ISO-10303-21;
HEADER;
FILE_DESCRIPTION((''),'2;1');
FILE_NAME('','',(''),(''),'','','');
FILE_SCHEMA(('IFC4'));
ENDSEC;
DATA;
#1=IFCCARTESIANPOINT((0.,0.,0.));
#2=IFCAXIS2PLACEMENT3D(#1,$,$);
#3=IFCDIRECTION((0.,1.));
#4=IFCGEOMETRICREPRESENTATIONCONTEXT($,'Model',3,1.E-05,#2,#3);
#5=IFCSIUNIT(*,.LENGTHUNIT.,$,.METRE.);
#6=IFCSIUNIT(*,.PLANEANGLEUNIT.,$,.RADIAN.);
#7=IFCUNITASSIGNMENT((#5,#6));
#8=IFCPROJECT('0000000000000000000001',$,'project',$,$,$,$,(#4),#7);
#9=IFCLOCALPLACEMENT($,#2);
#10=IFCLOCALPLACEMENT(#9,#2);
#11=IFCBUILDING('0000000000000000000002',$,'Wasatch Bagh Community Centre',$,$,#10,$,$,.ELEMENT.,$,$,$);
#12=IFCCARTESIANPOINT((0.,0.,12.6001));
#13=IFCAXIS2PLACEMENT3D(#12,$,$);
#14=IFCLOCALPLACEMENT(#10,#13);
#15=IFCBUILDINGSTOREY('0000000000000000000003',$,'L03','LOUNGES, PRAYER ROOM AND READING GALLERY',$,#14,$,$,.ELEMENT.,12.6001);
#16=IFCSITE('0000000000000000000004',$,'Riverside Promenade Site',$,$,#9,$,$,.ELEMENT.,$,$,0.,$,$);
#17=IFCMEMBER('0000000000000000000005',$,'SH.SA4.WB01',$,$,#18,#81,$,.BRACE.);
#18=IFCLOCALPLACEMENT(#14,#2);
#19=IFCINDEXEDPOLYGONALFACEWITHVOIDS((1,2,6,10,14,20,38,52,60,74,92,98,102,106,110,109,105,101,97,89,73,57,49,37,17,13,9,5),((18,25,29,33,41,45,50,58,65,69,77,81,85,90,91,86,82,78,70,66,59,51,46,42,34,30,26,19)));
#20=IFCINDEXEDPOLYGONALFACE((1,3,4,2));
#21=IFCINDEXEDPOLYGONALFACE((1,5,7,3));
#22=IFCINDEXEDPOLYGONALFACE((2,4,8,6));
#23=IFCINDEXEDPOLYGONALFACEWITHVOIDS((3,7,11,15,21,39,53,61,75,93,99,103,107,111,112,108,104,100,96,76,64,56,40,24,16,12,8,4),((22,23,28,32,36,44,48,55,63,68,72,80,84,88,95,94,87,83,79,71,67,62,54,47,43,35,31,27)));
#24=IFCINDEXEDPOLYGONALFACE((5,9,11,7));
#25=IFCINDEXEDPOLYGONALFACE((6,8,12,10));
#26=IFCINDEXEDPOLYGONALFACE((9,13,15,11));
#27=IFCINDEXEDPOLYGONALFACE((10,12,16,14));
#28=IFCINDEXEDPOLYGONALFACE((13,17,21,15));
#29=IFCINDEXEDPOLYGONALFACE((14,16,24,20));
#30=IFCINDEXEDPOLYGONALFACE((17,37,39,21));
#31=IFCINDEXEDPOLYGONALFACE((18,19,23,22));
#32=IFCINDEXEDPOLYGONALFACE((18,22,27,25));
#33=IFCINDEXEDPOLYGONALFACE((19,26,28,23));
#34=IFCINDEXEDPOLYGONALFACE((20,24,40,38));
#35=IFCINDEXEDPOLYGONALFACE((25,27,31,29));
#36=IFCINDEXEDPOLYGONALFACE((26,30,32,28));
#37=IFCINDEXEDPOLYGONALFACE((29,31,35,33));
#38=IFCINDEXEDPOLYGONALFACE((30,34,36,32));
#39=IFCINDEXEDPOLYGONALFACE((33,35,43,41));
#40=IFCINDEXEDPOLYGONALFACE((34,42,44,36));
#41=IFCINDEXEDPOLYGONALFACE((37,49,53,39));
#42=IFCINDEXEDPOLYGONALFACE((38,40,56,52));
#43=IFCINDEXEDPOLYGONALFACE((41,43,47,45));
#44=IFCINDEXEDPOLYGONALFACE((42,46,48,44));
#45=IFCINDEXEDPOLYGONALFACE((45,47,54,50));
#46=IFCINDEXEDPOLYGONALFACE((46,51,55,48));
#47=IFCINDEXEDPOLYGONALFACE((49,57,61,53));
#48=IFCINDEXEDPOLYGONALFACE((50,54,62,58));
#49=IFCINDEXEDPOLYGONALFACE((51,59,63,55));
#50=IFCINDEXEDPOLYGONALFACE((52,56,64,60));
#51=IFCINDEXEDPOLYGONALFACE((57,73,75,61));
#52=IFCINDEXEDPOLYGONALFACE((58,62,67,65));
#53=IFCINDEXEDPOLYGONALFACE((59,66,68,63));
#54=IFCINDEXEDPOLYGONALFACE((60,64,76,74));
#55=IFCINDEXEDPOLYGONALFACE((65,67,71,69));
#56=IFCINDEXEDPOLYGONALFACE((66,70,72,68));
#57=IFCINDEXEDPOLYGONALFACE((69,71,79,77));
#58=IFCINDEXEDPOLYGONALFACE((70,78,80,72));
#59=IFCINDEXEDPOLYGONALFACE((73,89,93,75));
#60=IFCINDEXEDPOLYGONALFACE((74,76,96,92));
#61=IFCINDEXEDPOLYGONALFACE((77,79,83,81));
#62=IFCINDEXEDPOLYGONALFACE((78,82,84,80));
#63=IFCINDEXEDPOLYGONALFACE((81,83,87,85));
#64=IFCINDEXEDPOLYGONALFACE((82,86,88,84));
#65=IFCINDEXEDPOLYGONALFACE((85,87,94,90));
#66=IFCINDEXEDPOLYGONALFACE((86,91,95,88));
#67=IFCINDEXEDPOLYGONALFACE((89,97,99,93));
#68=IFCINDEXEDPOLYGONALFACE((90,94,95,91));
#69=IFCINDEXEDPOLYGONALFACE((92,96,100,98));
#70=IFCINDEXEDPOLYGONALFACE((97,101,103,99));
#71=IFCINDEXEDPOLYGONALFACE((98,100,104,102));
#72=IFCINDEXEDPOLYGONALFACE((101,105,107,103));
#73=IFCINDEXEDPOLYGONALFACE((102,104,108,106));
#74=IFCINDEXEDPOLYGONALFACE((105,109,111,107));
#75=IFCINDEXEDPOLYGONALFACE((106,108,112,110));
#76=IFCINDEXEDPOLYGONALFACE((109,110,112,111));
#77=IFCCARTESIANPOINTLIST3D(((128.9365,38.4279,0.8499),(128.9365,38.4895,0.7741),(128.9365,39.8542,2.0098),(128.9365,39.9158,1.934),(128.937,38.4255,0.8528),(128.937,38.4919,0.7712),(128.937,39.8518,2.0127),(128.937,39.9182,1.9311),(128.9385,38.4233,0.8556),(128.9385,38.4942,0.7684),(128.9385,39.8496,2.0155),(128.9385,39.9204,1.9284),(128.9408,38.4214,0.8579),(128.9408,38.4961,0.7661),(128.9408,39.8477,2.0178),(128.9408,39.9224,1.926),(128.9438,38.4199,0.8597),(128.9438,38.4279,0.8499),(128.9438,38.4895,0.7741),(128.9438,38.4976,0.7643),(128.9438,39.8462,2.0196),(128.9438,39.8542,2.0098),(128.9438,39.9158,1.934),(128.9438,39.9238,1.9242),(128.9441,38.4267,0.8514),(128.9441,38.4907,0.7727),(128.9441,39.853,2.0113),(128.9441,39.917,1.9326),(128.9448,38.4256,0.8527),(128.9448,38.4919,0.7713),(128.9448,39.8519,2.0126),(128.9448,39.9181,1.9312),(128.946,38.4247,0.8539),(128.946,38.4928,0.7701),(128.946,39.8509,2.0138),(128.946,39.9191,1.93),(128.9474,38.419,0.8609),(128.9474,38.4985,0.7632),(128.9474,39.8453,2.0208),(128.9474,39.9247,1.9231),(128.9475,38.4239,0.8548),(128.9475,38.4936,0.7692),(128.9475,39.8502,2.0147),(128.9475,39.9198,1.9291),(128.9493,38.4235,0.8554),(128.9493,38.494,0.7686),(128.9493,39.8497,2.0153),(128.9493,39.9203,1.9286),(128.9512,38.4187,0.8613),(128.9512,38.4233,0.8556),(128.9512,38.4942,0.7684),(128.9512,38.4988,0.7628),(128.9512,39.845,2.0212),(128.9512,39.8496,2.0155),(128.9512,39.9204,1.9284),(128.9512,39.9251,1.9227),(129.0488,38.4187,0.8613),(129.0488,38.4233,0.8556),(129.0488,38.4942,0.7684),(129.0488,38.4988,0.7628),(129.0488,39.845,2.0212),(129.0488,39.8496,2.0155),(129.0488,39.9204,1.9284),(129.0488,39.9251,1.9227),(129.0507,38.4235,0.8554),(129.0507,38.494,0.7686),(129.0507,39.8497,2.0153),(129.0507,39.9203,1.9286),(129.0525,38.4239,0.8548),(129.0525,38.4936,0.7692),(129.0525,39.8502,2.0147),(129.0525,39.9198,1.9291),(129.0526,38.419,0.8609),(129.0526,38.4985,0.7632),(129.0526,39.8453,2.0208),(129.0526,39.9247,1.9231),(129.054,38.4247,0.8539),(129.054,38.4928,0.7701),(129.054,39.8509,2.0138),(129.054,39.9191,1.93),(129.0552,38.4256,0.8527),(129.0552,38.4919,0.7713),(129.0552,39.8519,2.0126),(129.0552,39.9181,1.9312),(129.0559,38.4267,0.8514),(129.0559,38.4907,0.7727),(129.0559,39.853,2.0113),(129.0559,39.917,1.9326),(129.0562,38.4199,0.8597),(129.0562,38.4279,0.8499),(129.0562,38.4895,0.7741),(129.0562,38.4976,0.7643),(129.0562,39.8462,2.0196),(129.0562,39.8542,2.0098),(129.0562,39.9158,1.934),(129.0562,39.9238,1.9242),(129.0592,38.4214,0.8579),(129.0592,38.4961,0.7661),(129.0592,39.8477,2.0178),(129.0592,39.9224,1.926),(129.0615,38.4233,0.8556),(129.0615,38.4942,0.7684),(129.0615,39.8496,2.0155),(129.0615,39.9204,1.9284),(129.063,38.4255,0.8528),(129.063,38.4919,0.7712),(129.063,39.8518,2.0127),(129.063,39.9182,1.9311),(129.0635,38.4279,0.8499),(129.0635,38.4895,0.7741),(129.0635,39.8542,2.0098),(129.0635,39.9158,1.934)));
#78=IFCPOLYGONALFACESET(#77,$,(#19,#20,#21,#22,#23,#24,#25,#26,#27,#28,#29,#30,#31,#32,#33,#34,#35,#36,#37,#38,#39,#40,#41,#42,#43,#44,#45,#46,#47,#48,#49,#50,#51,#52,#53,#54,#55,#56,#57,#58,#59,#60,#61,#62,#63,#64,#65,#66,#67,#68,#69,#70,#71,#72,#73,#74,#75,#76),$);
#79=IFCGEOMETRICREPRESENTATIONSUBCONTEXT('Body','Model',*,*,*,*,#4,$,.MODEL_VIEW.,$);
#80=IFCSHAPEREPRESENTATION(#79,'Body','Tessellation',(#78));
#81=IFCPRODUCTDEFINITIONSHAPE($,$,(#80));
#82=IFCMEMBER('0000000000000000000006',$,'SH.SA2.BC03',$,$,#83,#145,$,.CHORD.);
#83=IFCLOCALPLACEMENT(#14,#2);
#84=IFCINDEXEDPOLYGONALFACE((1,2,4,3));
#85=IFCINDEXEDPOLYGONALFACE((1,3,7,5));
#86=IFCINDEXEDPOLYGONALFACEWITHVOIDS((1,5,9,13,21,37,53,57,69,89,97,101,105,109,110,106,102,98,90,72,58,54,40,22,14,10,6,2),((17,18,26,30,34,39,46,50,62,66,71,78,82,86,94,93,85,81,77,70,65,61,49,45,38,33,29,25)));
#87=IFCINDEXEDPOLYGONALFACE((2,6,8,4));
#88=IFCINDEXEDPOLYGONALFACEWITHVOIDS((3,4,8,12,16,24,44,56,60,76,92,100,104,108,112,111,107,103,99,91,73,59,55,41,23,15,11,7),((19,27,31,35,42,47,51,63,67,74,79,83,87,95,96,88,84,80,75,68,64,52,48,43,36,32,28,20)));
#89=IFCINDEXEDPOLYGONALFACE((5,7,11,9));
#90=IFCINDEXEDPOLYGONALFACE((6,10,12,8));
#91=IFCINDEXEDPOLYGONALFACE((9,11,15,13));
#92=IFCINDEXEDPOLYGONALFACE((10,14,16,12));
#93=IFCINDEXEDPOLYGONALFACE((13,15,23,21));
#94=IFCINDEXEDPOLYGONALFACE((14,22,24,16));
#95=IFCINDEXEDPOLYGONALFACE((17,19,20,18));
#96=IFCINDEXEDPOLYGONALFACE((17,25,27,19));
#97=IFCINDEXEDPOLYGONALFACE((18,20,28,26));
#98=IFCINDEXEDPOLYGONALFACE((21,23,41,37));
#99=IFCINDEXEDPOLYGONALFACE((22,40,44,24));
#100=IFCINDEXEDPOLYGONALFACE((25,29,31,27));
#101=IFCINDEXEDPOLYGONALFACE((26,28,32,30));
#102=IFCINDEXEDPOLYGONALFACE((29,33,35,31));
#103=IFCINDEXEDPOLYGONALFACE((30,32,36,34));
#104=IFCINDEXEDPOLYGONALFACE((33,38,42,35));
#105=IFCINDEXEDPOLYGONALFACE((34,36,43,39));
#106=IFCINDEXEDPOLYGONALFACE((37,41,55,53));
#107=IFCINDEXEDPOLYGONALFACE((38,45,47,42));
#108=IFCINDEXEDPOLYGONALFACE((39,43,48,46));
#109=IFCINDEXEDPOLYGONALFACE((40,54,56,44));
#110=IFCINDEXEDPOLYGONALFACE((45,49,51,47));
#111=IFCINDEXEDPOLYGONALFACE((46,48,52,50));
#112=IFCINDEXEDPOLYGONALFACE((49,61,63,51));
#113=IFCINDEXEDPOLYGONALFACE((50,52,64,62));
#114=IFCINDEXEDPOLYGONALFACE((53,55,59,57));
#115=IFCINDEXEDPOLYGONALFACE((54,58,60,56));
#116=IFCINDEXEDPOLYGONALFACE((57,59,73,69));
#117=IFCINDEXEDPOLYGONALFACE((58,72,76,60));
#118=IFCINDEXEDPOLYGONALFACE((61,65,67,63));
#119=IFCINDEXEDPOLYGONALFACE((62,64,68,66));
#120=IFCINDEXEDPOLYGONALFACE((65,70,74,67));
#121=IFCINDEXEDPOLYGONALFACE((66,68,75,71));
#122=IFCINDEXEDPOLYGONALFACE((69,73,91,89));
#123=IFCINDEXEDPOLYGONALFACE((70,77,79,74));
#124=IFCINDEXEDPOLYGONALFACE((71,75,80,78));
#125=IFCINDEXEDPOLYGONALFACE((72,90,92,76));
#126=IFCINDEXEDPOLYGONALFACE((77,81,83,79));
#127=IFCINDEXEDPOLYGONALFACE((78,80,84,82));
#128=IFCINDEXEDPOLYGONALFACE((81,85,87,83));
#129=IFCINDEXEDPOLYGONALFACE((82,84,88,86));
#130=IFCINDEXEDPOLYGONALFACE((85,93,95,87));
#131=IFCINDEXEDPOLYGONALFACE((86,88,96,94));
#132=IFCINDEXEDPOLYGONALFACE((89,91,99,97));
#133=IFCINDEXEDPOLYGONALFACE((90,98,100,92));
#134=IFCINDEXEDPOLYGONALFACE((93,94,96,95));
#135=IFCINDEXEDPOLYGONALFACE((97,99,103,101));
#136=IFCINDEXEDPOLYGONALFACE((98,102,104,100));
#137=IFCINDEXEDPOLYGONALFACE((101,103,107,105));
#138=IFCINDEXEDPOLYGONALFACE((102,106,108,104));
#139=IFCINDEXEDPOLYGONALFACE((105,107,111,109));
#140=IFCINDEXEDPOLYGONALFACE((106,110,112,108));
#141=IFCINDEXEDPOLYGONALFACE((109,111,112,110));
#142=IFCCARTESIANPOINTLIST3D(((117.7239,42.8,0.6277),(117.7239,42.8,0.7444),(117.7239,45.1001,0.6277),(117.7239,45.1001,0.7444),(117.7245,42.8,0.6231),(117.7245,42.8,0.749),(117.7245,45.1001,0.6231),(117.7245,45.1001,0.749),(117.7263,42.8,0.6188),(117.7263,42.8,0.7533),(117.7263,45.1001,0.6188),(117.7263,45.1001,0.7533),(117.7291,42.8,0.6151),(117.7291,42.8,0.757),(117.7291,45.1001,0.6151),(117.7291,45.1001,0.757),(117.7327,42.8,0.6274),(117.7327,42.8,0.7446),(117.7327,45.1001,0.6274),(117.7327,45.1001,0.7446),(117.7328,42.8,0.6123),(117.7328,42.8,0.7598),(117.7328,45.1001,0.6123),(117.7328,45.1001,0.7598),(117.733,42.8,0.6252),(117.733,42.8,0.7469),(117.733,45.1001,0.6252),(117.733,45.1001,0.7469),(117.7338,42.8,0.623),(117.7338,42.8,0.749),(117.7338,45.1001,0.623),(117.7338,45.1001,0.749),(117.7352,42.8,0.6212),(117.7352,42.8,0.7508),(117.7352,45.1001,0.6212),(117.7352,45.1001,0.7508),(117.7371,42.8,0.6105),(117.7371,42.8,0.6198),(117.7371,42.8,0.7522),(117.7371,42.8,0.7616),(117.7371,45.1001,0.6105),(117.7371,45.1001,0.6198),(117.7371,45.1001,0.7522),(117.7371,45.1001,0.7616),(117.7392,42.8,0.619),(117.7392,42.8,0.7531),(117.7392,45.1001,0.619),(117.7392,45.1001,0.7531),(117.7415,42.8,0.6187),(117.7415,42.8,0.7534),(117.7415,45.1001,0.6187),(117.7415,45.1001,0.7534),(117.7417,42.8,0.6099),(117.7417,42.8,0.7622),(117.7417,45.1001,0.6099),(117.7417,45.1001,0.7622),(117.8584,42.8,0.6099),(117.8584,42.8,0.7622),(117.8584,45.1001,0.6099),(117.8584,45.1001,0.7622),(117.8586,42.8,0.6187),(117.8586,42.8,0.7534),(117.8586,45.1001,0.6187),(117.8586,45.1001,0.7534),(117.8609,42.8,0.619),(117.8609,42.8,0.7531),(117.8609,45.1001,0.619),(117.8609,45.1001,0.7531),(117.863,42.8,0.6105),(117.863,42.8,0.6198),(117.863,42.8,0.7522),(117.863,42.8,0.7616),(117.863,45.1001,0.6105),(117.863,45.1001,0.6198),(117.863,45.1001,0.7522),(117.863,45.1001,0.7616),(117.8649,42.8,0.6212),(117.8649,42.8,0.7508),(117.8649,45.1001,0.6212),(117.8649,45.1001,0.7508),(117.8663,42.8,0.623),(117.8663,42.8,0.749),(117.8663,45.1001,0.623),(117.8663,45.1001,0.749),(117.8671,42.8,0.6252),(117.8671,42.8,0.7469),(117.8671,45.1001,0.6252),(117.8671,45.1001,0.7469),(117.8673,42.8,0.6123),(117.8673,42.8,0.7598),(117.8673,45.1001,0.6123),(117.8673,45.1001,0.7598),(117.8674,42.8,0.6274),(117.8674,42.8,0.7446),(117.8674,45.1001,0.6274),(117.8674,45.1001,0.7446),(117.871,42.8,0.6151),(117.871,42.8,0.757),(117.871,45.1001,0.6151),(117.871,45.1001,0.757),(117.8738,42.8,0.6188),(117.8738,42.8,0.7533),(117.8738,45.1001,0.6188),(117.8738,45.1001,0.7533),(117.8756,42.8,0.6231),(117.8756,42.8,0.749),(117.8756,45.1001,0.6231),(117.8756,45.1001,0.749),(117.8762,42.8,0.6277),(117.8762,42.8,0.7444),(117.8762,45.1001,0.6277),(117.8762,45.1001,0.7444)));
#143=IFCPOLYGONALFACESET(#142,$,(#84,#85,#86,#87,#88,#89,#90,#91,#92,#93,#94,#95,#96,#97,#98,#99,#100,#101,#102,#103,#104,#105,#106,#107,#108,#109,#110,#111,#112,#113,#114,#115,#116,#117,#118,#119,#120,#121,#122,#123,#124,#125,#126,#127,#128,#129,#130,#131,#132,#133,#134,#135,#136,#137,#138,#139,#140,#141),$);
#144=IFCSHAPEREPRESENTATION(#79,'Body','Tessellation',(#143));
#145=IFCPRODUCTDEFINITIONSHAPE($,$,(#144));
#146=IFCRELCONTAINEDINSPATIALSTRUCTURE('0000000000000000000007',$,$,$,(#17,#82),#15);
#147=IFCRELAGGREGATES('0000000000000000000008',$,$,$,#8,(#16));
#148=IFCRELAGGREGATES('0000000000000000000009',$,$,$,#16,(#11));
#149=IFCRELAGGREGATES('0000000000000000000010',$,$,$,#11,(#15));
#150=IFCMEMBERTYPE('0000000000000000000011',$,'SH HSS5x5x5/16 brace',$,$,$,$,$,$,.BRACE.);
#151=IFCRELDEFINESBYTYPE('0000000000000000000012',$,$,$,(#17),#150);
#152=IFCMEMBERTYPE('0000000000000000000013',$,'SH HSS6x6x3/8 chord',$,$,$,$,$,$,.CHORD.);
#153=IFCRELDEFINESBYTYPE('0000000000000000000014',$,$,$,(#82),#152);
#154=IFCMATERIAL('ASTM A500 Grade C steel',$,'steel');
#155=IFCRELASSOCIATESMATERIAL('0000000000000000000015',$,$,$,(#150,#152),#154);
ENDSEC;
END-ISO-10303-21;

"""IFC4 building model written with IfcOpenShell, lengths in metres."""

from ifc_helpers import new_model, si_unit, direction, frame, origin, origin_2d, place, context, subcontext, project, spatial, hollow_rectangle, extrude, material, material_profile, profile_set, type_object, element, save


model = new_model("IFC4")

# Units and contexts
model_context = context("Model", 3, precision=1e-05, world=origin(), true_north=direction((0.0, 1.0)))
body_context = subcontext(model_context, "Body", "Model", "MODEL_VIEW")
ifc_project = project(units=[si_unit("LENGTHUNIT", "METRE"), si_unit("PLANEANGLEUNIT", "RADIAN")], contexts=[model_context])

# Site, building, storey
site_placement = place(None, origin())
site = spatial("IfcSite", under=ifc_project, at=site_placement, Name="Riverside Promenade Site", CompositionType="ELEMENT", RefElevation=0.0)
building_placement = place(site_placement, origin())
building = spatial("IfcBuilding", under=site, at=building_placement, Name="Wasatch Bagh Community Centre", CompositionType="ELEMENT")
storey_placement = place(building_placement, frame((0.0, 0.0, 12.6001)))
storey = spatial("IfcBuildingStorey", under=building, at=storey_placement, Name="L03", Description="LOUNGES, PRAYER ROOM AND READING GALLERY", CompositionType="ELEMENT", Elevation=12.6001)

# Members
ifc_material_1 = material(Name="ASTM A500 Grade C steel", Category="steel")
ifc_material_profile_1 = material_profile(ifc_material_1, hollow_rectangle(XDim=0.127, YDim=0.127, WallThickness=0.0073, InnerFilletRadius=0.0073, OuterFilletRadius=0.0146, at=origin_2d()), Name="HSS5x5x5/16")
ifc_profile_set_1 = profile_set([ifc_material_profile_1], Name="ASTM A500 Grade C steel")
member_type_1 = type_object("IfcMemberType", Name="SH HSS5x5x5/16 brace", PredefinedType="BRACE", material=ifc_profile_set_1)
member_1_placement = place(storey_placement, frame((129.0, 38.4587, 0.812), z_axis=(0.0, 0.77583, 0.630943), x_axis=(-1.0, 0.0, 0.0)))
element("IfcMember", 1, at=member_1_placement, inside=storey, type_object=member_type_1, Name="SH.SA4.WB01", PredefinedType="BRACE", context=body_context, shape_type="SweptSolid", body=[
    extrude(hollow_rectangle(XDim=0.127, YDim=0.127, WallThickness=0.0073, InnerFilletRadius=0.0073, OuterFilletRadius=0.0146, at=origin_2d()), origin(), (0.0, 0.0, 1.0), 1.8384),
])
ifc_material_profile_2 = material_profile(ifc_material_1, hollow_rectangle(XDim=0.1523, YDim=0.1523, WallThickness=0.0088, InnerFilletRadius=0.0088, OuterFilletRadius=0.0178, at=origin_2d()), Name="HSS6x6x3/8")
ifc_profile_set_2 = profile_set([ifc_material_profile_2], Name="ASTM A500 Grade C steel")
member_type_2 = type_object("IfcMemberType", Name="SH HSS6x6x3/8 chord", PredefinedType="CHORD", material=ifc_profile_set_2)
for number, where, z_axis, x_axis, name in (
    (2, (117.8, 42.8, 0.686), (0.0, 1.0, 0.0), (-1.0, 0.0, 0.0), "SH.SA2.BC03"),
):
    element("IfcMember", number, at=place(storey_placement, frame(where, z_axis=z_axis, x_axis=x_axis)), inside=storey, type_object=member_type_2, Name=name, PredefinedType="CHORD", context=body_context, shape_type="SweptSolid", body=[
        extrude(hollow_rectangle(XDim=0.1523, YDim=0.1523, WallThickness=0.0088, InnerFilletRadius=0.0088, OuterFilletRadius=0.0178, at=origin_2d()), origin(), (0.0, 0.0, 1.0), 2.3),
    ])

save(model, "model.ifc")
